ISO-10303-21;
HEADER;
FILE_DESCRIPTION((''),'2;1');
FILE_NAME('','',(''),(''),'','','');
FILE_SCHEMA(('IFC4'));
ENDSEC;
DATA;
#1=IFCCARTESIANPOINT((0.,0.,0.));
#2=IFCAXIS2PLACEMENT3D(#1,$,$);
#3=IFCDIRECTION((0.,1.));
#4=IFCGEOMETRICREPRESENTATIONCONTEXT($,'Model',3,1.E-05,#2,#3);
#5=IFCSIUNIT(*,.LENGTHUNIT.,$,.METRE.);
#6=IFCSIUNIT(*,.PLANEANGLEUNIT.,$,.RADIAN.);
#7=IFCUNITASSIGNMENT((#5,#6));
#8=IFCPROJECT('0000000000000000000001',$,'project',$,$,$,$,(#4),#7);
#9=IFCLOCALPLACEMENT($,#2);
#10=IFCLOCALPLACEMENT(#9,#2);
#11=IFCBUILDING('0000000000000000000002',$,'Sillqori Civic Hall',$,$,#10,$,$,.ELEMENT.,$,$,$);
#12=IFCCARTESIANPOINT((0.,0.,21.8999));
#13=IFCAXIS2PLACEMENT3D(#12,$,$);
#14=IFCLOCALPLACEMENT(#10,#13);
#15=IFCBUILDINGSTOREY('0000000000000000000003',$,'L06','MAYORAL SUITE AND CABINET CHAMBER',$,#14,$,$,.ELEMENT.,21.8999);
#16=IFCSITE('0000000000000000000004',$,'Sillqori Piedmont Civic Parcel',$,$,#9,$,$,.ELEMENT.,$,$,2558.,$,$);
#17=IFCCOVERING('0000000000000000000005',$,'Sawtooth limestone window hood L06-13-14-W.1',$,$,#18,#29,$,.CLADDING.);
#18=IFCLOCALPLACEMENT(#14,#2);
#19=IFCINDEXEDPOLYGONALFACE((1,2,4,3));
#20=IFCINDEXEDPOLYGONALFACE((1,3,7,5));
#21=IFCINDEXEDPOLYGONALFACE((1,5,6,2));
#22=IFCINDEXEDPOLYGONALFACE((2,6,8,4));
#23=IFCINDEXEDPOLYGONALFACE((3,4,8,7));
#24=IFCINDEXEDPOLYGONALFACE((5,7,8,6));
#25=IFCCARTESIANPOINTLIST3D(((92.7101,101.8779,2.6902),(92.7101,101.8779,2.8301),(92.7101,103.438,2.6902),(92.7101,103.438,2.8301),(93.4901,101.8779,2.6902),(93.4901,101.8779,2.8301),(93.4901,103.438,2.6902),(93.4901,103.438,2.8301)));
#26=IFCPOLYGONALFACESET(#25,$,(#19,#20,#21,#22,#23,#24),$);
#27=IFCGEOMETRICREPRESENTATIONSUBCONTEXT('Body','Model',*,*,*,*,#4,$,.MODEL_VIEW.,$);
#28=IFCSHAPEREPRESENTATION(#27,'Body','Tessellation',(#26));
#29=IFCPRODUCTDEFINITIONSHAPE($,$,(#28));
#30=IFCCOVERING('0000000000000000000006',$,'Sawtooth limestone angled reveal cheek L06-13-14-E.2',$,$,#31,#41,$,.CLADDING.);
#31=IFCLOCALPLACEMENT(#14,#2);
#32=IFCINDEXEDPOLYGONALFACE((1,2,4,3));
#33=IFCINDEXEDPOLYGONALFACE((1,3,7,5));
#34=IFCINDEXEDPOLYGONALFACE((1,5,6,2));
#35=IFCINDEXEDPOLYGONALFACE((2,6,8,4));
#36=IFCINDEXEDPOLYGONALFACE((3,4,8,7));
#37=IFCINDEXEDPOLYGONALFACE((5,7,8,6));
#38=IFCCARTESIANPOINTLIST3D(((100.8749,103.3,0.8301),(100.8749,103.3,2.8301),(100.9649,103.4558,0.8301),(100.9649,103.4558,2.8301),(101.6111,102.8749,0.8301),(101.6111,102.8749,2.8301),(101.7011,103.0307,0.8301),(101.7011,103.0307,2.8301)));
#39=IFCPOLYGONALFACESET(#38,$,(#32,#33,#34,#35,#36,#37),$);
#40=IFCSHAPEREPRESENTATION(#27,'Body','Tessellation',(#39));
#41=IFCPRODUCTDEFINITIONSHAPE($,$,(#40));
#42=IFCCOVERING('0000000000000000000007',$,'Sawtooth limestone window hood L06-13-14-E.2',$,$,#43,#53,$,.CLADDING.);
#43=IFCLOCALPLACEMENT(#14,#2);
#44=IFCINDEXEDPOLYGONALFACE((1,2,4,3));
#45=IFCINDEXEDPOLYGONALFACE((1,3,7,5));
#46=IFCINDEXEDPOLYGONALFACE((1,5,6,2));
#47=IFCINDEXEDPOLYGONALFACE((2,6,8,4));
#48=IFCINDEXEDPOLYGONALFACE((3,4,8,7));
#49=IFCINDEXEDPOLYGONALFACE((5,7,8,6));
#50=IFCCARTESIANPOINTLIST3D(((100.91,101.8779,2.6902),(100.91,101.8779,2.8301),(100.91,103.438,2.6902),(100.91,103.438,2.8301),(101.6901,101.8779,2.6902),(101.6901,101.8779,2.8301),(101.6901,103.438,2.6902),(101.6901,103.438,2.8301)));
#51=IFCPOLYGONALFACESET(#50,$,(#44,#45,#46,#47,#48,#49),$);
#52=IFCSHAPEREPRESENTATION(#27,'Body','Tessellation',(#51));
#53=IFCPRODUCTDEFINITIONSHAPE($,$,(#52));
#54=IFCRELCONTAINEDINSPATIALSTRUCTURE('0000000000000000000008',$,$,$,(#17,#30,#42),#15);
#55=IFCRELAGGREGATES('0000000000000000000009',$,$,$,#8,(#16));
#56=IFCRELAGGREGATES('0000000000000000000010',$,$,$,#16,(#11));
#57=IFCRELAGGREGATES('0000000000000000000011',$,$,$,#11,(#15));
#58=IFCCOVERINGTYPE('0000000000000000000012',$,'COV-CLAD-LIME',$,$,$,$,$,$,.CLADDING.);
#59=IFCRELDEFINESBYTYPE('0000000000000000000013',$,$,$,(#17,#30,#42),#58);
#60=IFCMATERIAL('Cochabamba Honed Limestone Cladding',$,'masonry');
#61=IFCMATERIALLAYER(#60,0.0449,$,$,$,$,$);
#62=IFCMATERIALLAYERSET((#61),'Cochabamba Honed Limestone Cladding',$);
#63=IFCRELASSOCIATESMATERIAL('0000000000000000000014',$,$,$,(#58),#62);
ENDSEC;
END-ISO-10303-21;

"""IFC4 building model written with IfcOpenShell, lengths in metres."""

from ifc_helpers import new_model, si_unit, direction, frame, frame_2d, origin, place, context, subcontext, project, spatial, rectangle, extrude, material, layer, layer_set, type_object, element, save


model = new_model("IFC4")

# Units and contexts
model_context = context("Model", 3, precision=1e-05, world=origin(), true_north=direction((0.0, 1.0)))
body_context = subcontext(model_context, "Body", "Model", "MODEL_VIEW")
ifc_project = project(units=[si_unit("LENGTHUNIT", "METRE"), si_unit("PLANEANGLEUNIT", "RADIAN")], contexts=[model_context])

# Site, building, storey
site_placement = place(None, origin())
site = spatial("IfcSite", under=ifc_project, at=site_placement, Name="Sillqori Piedmont Civic Parcel", CompositionType="ELEMENT", RefElevation=2558.0)
building_placement = place(site_placement, origin())
building = spatial("IfcBuilding", under=site, at=building_placement, Name="Sillqori Civic Hall", CompositionType="ELEMENT")
storey_placement = place(building_placement, frame((0.0, 0.0, 21.8999)))
storey = spatial("IfcBuildingStorey", under=building, at=storey_placement, Name="L06", Description="MAYORAL SUITE AND CABINET CHAMBER", CompositionType="ELEMENT", Elevation=21.8999)

# Coverings
ifc_material_1 = material(Name="Cochabamba Honed Limestone Cladding", Category="masonry")
ifc_layer_1 = layer(ifc_material_1, 0.0449)
ifc_layer_set_1 = layer_set([ifc_layer_1], Name="Cochabamba Honed Limestone Cladding")
covering_type = type_object("IfcCoveringType", Name="COV-CLAD-LIME", PredefinedType="CLADDING", material=ifc_layer_set_1)
covering_1_placement = place(storey_placement, frame((93.1001, 101.8779, 2.6902), z_axis=(0.0, 0.0, 1.0), x_axis=(0.0, 1.0, 0.0)))
element("IfcCovering", 1, at=covering_1_placement, inside=storey, type_object=covering_type, Name="Sawtooth limestone window hood L06-13-14-W.1", PredefinedType="CLADDING", context=body_context, shape_type="SweptSolid", body=[
    extrude(rectangle(XDim=1.5601, YDim=0.78, at=frame_2d((0.78, 0.0))), origin(), (0.0, 0.0, 1.0), 0.1399),
])
covering_2_placement = place(storey_placement, frame((100.9199, 103.3779, 0.8301), z_axis=(0.0, 0.0, 1.0), x_axis=(0.865989, -0.500062, 0.0)))
element("IfcCovering", 2, at=covering_2_placement, inside=storey, type_object=covering_type, Name="Sawtooth limestone angled reveal cheek L06-13-14-E.2", PredefinedType="CLADDING", context=body_context, shape_type="SweptSolid", body=[
    extrude(rectangle(XDim=0.8501, YDim=0.1799, at=frame_2d((0.425, 0.0))), origin(), (0.0, 0.0, 1.0), 2.0),
])
covering_3_placement = place(storey_placement, frame((101.3, 103.438, 2.6902), z_axis=(0.0, 0.0, 1.0), x_axis=(0.0, -1.0, 0.0)))
element("IfcCovering", 3, at=covering_3_placement, inside=storey, type_object=covering_type, Name="Sawtooth limestone window hood L06-13-14-E.2", PredefinedType="CLADDING", context=body_context, shape_type="SweptSolid", body=[
    extrude(rectangle(XDim=1.5601, YDim=0.78, at=frame_2d((0.78, 0.0))), origin(), (0.0, 0.0, 1.0), 0.1399),
])

save(model, "model.ifc")
